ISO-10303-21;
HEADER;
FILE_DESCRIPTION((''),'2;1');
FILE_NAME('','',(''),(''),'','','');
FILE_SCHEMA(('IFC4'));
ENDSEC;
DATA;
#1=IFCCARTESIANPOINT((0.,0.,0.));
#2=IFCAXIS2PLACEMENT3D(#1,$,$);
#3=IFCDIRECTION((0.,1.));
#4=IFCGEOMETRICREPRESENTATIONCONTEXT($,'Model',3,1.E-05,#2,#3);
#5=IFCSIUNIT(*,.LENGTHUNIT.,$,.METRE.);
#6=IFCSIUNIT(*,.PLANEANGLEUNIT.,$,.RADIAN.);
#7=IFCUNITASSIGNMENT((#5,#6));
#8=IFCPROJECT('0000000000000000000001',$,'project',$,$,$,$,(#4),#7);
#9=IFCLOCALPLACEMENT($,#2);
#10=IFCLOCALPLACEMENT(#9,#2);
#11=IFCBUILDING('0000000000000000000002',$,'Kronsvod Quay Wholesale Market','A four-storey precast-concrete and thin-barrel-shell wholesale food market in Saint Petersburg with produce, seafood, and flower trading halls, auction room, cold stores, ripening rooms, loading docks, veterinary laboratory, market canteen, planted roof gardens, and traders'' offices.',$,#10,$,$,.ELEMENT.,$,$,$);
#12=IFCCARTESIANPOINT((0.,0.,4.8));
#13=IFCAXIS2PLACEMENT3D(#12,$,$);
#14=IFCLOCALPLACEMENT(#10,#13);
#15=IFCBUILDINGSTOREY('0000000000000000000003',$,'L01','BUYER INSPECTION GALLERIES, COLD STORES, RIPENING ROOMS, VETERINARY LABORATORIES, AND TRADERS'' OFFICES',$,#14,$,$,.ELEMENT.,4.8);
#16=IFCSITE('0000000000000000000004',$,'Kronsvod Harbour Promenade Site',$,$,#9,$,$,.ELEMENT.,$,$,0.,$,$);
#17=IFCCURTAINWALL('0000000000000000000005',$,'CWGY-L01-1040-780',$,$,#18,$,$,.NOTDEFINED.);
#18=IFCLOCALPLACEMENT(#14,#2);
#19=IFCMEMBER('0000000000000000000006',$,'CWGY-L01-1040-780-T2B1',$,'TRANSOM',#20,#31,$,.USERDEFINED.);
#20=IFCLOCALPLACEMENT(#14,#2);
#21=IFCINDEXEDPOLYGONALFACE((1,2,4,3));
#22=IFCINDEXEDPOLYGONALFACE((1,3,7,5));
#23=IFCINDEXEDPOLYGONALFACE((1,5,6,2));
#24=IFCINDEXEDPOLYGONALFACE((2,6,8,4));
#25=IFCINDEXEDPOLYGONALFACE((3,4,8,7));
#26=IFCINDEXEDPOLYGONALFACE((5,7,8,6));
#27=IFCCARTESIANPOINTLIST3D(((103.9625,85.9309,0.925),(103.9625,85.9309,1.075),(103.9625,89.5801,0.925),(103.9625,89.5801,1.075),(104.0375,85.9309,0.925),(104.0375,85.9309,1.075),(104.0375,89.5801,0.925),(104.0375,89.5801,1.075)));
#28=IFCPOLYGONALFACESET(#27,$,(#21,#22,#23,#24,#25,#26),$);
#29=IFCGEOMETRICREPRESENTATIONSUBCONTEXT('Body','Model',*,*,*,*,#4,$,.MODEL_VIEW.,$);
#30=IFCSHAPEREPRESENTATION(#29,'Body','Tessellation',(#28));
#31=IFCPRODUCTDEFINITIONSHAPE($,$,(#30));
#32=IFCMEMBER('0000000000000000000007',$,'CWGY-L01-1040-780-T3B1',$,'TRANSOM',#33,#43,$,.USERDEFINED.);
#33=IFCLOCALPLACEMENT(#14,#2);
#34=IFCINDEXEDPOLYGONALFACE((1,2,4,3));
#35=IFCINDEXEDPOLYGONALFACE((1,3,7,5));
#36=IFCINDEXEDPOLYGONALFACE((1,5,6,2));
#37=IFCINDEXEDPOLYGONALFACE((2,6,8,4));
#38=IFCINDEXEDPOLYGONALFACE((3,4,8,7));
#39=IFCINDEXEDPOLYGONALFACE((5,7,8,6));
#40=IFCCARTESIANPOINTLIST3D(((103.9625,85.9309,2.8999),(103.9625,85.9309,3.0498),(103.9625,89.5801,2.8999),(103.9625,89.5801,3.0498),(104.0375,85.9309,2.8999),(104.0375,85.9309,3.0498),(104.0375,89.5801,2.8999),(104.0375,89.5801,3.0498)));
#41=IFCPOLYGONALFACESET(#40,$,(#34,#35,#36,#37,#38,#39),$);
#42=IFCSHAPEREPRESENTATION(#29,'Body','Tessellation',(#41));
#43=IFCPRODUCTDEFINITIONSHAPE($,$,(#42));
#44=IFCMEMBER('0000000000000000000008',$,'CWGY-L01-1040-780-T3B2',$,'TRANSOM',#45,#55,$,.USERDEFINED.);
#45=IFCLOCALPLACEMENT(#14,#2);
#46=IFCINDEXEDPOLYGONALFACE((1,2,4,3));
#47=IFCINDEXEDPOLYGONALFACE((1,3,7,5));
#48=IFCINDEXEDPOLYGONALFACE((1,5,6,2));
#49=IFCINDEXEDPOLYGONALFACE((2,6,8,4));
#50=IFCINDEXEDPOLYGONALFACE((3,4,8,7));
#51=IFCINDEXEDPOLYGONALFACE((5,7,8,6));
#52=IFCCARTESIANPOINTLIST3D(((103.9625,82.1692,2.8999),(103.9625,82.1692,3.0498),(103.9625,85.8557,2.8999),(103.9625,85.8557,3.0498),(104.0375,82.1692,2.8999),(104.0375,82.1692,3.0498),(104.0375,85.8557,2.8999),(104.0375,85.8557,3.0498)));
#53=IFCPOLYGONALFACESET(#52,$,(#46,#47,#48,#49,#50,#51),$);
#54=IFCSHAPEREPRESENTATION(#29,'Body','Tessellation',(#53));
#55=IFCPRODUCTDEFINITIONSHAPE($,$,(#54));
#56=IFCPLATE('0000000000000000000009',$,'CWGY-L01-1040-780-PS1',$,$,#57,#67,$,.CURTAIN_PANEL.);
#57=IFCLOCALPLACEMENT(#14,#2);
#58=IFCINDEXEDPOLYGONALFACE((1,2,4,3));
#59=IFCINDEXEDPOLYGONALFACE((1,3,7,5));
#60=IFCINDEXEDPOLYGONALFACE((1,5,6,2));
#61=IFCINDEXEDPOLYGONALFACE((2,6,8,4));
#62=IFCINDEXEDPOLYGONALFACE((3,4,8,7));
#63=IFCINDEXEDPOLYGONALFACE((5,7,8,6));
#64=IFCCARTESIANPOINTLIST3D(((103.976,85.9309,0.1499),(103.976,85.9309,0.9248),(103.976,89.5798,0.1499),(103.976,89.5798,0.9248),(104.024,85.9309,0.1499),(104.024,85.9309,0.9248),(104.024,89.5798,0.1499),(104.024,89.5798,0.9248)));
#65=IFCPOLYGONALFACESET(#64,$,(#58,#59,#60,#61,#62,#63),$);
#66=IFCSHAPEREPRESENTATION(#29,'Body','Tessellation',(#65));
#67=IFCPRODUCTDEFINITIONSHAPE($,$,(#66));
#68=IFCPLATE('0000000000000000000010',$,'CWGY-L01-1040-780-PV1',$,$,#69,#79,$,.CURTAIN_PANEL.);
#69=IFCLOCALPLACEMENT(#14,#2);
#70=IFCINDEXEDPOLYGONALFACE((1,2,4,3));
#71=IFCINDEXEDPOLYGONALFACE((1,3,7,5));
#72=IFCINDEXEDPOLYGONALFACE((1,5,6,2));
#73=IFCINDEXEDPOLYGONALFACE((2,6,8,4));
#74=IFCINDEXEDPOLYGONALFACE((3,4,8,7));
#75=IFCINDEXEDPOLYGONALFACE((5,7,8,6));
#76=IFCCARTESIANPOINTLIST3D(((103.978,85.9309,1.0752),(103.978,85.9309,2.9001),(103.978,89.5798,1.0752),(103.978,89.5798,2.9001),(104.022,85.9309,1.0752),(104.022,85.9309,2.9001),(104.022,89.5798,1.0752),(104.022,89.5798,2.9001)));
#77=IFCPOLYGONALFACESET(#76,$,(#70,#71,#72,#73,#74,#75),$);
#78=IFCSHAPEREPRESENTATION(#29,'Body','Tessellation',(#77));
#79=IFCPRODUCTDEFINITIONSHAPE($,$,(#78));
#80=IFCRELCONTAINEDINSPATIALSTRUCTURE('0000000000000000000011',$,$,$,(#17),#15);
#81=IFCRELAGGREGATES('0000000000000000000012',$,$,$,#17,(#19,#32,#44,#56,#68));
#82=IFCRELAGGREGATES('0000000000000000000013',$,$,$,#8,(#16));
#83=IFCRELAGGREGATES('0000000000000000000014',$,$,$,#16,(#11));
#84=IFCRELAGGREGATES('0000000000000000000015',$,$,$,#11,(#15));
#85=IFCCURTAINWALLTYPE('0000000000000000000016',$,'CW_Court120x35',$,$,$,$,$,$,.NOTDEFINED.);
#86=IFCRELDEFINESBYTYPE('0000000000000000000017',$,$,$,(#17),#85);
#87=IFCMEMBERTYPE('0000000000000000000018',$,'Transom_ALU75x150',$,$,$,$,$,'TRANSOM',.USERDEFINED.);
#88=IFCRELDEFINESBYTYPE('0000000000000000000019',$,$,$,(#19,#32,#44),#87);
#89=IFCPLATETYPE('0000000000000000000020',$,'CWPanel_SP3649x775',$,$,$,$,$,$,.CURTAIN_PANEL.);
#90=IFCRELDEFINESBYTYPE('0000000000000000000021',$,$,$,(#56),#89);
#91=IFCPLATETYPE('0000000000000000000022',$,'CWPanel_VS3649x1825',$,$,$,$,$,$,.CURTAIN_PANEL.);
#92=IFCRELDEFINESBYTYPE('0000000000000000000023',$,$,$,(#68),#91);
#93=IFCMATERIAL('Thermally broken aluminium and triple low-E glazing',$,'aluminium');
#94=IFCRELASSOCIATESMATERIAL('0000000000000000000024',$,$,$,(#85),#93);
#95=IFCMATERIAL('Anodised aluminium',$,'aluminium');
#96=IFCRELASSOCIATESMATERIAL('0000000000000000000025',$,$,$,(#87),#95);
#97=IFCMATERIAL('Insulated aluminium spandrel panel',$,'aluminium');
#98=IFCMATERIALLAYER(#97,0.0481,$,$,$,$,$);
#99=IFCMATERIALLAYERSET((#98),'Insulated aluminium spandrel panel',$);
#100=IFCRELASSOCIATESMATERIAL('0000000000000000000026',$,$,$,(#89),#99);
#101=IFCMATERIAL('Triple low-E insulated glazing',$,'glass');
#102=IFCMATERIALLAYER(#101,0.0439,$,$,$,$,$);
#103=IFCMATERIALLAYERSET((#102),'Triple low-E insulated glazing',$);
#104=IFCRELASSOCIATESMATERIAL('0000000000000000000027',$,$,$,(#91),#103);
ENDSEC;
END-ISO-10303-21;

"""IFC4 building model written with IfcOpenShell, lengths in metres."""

from ifc_helpers import new_model, si_unit, direction, frame, origin, origin_2d, place, context, subcontext, project, spatial, rectangle, extrude, material, layer, layer_set, material_profile, profile_set, type_object, element, aggregate, save


model = new_model("IFC4")

# Units and contexts
model_context = context("Model", 3, precision=1e-05, world=origin(), true_north=direction((0.0, 1.0)))
body_context = subcontext(model_context, "Body", "Model", "MODEL_VIEW")
ifc_project = project(units=[si_unit("LENGTHUNIT", "METRE"), si_unit("PLANEANGLEUNIT", "RADIAN")], contexts=[model_context])

# Site, building, storey
site_placement = place(None, origin())
site = spatial("IfcSite", under=ifc_project, at=site_placement, Name="Kronsvod Harbour Promenade Site", CompositionType="ELEMENT", RefElevation=0.0)
building_placement = place(site_placement, origin())
building = spatial("IfcBuilding", under=site, at=building_placement, Name="Kronsvod Quay Wholesale Market", Description="A four-storey precast-concrete and thin-barrel-shell wholesale food market in Saint Petersburg with produce, seafood, and flower trading halls, auction room, cold stores, ripening rooms, loading docks, veterinary laboratory, market canteen, planted roof gardens, and traders' offices.", CompositionType="ELEMENT")
storey_placement = place(building_placement, frame((0.0, 0.0, 4.8)))
storey = spatial("IfcBuildingStorey", under=building, at=storey_placement, Name="L01", Description="BUYER INSPECTION GALLERIES, COLD STORES, RIPENING ROOMS, VETERINARY LABORATORIES, AND TRADERS' OFFICES", CompositionType="ELEMENT", Elevation=4.8)

# Curtain wall, members, plates
ifc_material_1 = material(Name="Thermally broken aluminium and triple low-E glazing", Category="aluminium")
curtain_wall_type = type_object("IfcCurtainWallType", Name="CW_Court120x35", PredefinedType="NOTDEFINED", material=ifc_material_1)
curtain_wall_placement = place(storey_placement, origin())
curtain_wall = element("IfcCurtainWall", 1, at=curtain_wall_placement, inside=storey, type_object=curtain_wall_type, Name="CWGY-L01-1040-780", PredefinedType="NOTDEFINED")
ifc_material_2 = material(Name="Anodised aluminium", Category="aluminium")
ifc_material_profile_1 = material_profile(ifc_material_2, rectangle(XDim=0.075, YDim=0.1499, at=origin_2d()), Name="ALUT75x150")
ifc_profile_set_1 = profile_set([ifc_material_profile_1], Name="Anodised aluminium")
member_type_1 = type_object("IfcMemberType", Name="Transom_ALU75x150", ElementType="TRANSOM", PredefinedType="USERDEFINED", material=ifc_profile_set_1)
member_1_placement = place(storey_placement, frame((104.0, 89.5801, 1.0), z_axis=(0.0, -1.0, 0.0), x_axis=(1.0, 0.0, 0.0)))
member_1 = element("IfcMember", 2, at=member_1_placement, type_object=member_type_1, Name="CWGY-L01-1040-780-T2B1", ObjectType="TRANSOM", PredefinedType="USERDEFINED", context=body_context, shape_type="SweptSolid", body=[
    extrude(rectangle(XDim=0.075, YDim=0.1499, at=origin_2d()), origin(), (0.0, 0.0, 1.0), 3.6492),
])
member_2_placement = place(storey_placement, frame((104.0, 89.5801, 2.9749), z_axis=(0.0, -1.0, 0.0), x_axis=(1.0, 0.0, 0.0)))
member_2 = element("IfcMember", 3, at=member_2_placement, type_object=member_type_1, Name="CWGY-L01-1040-780-T3B1", ObjectType="TRANSOM", PredefinedType="USERDEFINED", context=body_context, shape_type="SweptSolid", body=[
    extrude(rectangle(XDim=0.075, YDim=0.1499, at=origin_2d()), origin(), (0.0, 0.0, 1.0), 3.6492),
])
member_3_placement = place(storey_placement, frame((104.0, 85.8557, 2.9749), z_axis=(0.0, -1.0, 0.0), x_axis=(1.0, 0.0, 0.0)))
member_3 = element("IfcMember", 4, at=member_3_placement, type_object=member_type_1, Name="CWGY-L01-1040-780-T3B2", ObjectType="TRANSOM", PredefinedType="USERDEFINED", context=body_context, shape_type="SweptSolid", body=[
    extrude(rectangle(XDim=0.075, YDim=0.1499, at=origin_2d()), origin(), (0.0, 0.0, 1.0), 3.6865),
])
ifc_material_3 = material(Name="Insulated aluminium spandrel panel", Category="aluminium")
ifc_layer_1 = layer(ifc_material_3, 0.0481)
ifc_layer_set_1 = layer_set([ifc_layer_1], Name="Insulated aluminium spandrel panel")
plate_type_1 = type_object("IfcPlateType", Name="CWPanel_SP3649x775", PredefinedType="CURTAIN_PANEL", material=ifc_layer_set_1)
plate_1_placement = place(storey_placement, frame((104.0, 87.7554, 0.1499), z_axis=(0.0, 0.0, 1.0), x_axis=(0.0, -1.0, 0.0)))
plate_1 = element("IfcPlate", 5, at=plate_1_placement, type_object=plate_type_1, Name="CWGY-L01-1040-780-PS1", PredefinedType="CURTAIN_PANEL", context=body_context, shape_type="SweptSolid", body=[
    extrude(rectangle(XDim=3.6489, YDim=0.0481, at=origin_2d()), origin(), (0.0, 0.0, 1.0), 0.7749),
])
ifc_material_4 = material(Name="Triple low-E insulated glazing", Category="glass")
ifc_layer_2 = layer(ifc_material_4, 0.0439)
ifc_layer_set_2 = layer_set([ifc_layer_2], Name="Triple low-E insulated glazing")
plate_type_2 = type_object("IfcPlateType", Name="CWPanel_VS3649x1825", PredefinedType="CURTAIN_PANEL", material=ifc_layer_set_2)
plate_2_placement = place(storey_placement, frame((104.0, 87.7554, 1.0752), z_axis=(0.0, 0.0, 1.0), x_axis=(0.0, -1.0, 0.0)))
plate_2 = element("IfcPlate", 6, at=plate_2_placement, type_object=plate_type_2, Name="CWGY-L01-1040-780-PV1", PredefinedType="CURTAIN_PANEL", context=body_context, shape_type="SweptSolid", body=[
    extrude(rectangle(XDim=3.6489, YDim=0.0439, at=origin_2d()), origin(), (0.0, 0.0, 1.0), 1.825),
])
aggregate(curtain_wall, [member_1, member_2, member_3, plate_1, plate_2])

save(model, "model.ifc")
